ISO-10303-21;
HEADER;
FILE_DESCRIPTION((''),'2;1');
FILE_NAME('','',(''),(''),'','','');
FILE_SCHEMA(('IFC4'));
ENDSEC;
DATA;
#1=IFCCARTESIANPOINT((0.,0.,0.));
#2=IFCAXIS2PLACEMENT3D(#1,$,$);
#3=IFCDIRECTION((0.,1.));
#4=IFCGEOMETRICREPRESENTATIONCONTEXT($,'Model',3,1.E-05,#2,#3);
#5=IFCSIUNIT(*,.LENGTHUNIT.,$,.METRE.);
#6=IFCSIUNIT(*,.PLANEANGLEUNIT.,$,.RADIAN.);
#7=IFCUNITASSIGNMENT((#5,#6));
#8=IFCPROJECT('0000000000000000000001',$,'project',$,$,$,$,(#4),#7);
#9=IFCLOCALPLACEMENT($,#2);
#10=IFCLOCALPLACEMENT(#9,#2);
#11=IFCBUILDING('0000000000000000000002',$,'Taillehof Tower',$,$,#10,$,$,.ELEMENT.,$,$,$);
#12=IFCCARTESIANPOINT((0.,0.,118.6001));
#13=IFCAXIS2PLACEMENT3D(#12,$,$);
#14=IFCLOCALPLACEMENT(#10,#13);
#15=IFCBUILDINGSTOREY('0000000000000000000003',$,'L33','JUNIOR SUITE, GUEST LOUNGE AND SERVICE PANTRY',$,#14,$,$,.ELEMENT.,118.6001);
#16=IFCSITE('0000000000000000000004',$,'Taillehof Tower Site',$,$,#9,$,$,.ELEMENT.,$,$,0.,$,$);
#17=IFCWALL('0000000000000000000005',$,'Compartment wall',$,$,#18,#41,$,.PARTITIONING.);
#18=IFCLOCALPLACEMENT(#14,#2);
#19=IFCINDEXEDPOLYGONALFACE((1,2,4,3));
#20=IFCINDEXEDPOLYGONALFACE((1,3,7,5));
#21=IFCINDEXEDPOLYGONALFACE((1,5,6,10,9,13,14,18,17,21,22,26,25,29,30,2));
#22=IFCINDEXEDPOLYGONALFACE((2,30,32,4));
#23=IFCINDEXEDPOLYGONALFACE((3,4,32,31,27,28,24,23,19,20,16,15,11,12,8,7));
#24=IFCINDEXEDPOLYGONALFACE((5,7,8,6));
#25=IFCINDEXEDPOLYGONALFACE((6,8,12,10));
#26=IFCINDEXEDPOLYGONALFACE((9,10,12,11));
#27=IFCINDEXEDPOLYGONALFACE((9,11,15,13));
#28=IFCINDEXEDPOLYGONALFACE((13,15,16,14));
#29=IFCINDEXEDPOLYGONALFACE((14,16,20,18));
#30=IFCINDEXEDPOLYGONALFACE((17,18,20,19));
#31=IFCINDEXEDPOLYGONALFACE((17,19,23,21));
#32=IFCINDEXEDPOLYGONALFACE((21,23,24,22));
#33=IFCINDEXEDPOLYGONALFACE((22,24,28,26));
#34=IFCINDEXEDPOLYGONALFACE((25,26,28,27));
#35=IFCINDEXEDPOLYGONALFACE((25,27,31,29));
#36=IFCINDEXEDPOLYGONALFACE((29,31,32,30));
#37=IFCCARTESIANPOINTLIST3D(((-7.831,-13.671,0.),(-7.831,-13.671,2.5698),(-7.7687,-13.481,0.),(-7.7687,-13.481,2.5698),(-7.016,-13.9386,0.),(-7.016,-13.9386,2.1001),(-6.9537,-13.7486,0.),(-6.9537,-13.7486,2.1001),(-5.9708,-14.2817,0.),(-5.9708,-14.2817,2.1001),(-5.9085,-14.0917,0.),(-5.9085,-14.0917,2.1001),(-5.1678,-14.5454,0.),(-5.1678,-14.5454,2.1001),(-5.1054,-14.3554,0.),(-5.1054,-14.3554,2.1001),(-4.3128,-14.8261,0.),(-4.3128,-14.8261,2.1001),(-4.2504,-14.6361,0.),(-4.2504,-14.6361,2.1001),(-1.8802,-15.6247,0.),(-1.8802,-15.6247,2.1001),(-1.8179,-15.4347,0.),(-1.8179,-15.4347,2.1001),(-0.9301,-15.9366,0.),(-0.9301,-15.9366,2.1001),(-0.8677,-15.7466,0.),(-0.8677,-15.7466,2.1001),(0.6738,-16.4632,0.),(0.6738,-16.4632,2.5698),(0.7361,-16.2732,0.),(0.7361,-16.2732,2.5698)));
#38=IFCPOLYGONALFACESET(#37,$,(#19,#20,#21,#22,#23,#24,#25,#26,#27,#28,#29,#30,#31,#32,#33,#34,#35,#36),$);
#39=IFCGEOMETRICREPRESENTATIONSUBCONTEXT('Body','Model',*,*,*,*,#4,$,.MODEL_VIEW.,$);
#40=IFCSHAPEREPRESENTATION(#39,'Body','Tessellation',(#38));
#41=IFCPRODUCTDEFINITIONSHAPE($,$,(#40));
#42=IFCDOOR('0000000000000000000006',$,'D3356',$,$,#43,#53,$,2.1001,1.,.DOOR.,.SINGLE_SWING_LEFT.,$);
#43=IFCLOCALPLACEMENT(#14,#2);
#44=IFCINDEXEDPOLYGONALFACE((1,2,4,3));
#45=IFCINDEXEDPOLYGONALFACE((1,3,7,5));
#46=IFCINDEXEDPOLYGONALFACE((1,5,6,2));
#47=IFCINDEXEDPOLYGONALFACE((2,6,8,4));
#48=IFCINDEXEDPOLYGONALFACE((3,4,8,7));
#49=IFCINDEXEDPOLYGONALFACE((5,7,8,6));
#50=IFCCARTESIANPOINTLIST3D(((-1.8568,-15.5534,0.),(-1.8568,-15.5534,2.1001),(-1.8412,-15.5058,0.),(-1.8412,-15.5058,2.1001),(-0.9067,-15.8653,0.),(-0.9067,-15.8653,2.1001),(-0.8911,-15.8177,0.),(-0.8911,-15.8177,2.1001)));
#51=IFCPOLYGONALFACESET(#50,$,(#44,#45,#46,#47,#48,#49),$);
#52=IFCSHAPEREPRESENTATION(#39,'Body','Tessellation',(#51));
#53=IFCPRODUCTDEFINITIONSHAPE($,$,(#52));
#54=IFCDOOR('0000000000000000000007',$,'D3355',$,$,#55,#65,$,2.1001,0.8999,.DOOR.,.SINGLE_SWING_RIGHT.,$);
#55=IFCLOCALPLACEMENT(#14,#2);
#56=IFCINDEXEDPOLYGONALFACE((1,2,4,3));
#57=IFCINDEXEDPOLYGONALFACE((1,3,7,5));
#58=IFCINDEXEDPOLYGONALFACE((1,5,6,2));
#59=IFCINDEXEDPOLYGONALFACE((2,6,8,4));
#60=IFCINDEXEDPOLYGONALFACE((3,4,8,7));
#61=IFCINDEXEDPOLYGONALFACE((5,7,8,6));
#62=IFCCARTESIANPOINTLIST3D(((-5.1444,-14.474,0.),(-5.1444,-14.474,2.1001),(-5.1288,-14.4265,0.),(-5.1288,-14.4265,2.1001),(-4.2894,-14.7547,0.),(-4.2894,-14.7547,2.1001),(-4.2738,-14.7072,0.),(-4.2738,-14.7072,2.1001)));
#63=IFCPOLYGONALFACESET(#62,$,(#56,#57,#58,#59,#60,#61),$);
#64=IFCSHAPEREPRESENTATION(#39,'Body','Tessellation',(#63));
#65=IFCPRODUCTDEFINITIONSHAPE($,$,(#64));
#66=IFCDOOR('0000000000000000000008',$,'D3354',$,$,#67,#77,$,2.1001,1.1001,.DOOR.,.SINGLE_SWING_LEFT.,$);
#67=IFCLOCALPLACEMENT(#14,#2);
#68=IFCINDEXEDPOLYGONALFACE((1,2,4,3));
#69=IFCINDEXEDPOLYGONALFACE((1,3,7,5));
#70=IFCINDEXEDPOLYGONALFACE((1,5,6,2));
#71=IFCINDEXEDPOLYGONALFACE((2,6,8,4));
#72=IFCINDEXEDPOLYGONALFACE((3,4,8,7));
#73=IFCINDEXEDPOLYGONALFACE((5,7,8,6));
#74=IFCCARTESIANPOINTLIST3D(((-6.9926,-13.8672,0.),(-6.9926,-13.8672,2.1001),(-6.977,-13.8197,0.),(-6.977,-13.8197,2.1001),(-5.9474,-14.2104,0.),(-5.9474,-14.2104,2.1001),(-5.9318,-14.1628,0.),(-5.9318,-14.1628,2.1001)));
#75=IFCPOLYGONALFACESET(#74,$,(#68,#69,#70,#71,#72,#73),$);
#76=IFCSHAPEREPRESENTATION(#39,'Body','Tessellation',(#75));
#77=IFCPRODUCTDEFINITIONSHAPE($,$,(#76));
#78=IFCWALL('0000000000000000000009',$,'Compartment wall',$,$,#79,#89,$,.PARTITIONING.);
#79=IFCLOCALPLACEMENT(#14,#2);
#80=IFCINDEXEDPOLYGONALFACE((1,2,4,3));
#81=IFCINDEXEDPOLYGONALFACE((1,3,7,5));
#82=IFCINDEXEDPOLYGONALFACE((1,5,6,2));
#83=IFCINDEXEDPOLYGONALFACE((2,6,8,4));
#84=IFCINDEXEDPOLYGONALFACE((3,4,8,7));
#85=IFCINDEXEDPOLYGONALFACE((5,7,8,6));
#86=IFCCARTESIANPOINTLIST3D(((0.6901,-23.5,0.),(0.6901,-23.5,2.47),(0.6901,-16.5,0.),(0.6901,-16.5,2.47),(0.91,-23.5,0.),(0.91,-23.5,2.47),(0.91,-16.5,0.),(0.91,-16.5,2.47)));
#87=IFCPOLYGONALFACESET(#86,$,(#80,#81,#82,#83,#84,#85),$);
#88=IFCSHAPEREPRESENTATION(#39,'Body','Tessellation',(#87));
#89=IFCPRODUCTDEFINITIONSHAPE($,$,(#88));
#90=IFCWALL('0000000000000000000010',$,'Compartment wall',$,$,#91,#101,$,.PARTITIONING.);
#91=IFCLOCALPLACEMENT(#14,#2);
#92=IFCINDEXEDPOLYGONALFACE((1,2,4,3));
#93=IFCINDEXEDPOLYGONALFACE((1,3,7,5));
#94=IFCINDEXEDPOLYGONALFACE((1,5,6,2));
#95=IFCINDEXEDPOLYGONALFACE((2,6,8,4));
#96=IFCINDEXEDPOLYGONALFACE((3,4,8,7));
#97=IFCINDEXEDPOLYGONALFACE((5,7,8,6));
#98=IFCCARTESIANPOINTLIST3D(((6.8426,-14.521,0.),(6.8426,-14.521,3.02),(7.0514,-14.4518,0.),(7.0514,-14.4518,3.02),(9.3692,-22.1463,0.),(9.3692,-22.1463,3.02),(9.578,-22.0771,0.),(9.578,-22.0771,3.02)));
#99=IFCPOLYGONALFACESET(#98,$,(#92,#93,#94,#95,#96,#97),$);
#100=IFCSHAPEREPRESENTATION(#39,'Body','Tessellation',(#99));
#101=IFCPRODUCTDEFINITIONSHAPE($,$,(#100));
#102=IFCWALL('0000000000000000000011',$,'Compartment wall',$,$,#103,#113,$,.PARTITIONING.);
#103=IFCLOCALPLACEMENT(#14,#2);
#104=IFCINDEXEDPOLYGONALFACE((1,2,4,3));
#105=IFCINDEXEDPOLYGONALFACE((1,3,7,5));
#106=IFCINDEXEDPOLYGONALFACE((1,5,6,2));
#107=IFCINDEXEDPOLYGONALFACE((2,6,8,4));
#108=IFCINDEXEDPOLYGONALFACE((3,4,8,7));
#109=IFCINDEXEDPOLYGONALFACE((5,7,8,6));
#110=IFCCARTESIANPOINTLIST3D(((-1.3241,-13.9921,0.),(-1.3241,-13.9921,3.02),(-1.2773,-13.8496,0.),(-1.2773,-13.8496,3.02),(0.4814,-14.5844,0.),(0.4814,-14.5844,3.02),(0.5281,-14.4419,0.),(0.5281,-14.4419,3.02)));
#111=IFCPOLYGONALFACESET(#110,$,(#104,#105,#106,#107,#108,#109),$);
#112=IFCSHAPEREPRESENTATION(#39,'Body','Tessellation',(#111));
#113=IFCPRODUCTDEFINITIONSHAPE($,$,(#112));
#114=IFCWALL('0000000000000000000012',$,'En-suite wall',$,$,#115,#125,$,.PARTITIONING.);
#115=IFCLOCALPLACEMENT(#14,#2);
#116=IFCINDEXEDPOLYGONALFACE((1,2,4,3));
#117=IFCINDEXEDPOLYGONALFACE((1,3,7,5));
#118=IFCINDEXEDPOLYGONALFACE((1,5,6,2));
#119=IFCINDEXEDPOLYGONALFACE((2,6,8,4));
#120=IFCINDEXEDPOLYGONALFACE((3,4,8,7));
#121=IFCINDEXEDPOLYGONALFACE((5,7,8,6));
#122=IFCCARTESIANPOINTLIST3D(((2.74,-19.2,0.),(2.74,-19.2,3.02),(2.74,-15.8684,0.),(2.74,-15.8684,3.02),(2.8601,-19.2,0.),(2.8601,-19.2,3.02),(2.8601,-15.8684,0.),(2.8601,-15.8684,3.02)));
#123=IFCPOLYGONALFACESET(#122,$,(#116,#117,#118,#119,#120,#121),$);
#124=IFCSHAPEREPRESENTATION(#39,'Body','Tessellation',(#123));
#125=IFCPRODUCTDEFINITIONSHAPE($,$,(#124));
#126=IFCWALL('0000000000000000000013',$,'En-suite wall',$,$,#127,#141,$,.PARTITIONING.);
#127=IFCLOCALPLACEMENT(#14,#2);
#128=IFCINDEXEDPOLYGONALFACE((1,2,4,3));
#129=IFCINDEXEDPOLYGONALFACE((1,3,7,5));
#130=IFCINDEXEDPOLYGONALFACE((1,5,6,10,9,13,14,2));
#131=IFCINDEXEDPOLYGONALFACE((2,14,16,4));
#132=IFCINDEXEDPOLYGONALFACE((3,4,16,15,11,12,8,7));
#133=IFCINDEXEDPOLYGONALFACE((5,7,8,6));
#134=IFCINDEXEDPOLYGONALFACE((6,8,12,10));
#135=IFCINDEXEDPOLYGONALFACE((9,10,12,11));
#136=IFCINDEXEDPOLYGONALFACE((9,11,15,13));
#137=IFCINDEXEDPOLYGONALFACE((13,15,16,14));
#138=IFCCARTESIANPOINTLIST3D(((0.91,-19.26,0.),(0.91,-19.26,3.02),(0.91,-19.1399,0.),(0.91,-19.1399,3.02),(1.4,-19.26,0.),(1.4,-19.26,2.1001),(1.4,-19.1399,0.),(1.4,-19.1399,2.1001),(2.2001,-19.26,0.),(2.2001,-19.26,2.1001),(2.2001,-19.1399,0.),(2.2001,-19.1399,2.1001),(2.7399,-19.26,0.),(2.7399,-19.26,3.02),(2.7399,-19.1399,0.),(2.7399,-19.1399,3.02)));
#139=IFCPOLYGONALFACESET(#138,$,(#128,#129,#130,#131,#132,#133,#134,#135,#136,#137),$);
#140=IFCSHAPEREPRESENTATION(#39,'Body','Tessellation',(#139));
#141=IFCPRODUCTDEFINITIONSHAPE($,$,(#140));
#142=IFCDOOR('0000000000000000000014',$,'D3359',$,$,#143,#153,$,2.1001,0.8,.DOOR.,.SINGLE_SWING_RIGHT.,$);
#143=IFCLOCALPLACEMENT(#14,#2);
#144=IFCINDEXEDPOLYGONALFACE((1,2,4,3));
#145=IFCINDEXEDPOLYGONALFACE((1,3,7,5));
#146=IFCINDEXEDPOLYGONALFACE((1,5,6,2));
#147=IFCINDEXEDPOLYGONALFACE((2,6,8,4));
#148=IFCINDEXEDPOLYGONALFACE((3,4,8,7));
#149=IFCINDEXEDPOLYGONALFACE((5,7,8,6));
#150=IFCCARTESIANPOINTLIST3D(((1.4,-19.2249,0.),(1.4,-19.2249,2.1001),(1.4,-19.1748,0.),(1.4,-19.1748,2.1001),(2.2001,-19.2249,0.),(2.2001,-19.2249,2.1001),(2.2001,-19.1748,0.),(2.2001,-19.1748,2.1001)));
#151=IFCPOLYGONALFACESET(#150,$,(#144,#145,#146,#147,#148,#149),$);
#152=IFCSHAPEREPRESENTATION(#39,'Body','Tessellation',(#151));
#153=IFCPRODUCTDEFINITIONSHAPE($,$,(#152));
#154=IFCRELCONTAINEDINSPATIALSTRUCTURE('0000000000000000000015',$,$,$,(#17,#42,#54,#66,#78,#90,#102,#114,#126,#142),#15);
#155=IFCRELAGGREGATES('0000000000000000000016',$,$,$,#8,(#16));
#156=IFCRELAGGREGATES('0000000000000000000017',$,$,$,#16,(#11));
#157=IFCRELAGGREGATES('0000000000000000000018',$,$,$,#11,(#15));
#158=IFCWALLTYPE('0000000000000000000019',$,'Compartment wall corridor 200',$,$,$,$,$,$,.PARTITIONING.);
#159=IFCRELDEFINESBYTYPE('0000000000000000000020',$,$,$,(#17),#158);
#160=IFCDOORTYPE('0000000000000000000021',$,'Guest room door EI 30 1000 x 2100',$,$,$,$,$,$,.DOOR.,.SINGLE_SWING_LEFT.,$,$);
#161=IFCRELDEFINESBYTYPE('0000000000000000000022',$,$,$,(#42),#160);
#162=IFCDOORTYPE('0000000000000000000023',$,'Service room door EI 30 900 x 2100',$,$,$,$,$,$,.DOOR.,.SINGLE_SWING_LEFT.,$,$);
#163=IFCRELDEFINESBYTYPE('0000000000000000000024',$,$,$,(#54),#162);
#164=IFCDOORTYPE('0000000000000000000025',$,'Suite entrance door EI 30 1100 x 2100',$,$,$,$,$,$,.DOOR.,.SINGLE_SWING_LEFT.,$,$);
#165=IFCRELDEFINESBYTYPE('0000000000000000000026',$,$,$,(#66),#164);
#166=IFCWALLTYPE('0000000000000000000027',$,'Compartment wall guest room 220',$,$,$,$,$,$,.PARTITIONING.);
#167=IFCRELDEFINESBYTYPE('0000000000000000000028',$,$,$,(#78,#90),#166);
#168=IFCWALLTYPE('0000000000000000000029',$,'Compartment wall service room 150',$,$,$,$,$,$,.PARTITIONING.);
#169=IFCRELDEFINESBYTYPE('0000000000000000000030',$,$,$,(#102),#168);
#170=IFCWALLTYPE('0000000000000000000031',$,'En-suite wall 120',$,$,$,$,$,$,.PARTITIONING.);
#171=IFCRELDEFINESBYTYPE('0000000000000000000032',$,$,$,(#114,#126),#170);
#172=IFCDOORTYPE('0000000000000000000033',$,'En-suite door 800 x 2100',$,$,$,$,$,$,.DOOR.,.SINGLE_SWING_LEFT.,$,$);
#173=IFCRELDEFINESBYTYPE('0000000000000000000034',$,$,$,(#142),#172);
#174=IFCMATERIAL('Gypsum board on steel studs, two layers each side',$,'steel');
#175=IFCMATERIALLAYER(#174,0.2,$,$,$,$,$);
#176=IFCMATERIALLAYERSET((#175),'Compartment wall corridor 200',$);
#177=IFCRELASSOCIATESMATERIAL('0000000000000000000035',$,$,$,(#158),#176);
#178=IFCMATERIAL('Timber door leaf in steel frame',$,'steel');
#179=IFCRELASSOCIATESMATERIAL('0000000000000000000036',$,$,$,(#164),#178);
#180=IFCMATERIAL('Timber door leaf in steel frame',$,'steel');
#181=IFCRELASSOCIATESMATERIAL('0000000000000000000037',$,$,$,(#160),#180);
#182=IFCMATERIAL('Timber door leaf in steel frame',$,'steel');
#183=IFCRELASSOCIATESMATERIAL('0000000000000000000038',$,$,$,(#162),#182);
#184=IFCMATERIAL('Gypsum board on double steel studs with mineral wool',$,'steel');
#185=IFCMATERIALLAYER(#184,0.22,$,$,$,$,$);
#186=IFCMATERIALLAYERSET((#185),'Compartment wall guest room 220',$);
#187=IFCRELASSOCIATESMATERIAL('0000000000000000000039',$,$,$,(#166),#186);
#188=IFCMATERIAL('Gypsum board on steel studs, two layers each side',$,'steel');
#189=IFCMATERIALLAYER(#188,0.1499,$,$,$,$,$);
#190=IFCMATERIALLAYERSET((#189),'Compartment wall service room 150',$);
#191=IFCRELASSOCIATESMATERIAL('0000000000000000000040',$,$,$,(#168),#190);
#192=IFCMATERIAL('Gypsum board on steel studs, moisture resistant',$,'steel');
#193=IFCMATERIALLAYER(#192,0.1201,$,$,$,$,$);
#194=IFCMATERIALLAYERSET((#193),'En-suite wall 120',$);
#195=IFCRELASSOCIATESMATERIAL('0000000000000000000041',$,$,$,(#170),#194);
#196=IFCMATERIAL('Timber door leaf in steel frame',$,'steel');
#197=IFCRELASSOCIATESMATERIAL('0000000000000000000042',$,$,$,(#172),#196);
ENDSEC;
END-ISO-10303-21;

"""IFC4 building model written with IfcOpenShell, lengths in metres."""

from ifc_helpers import new_model, si_unit, direction, frame, frame_2d, origin, place, context, subcontext, project, spatial, rectangle, extrude, material, layer, layer_set, type_object, element, fill, save


model = new_model("IFC4")

# Units and contexts
model_context = context("Model", 3, precision=1e-05, world=origin(), true_north=direction((0.0, 1.0)))
body_context = subcontext(model_context, "Body", "Model", "MODEL_VIEW")
ifc_project = project(units=[si_unit("LENGTHUNIT", "METRE"), si_unit("PLANEANGLEUNIT", "RADIAN")], contexts=[model_context])

# Site, building, storey
site_placement = place(None, origin())
site = spatial("IfcSite", under=ifc_project, at=site_placement, Name="Taillehof Tower Site", CompositionType="ELEMENT", RefElevation=0.0)
building_placement = place(site_placement, origin())
building = spatial("IfcBuilding", under=site, at=building_placement, Name="Taillehof Tower", CompositionType="ELEMENT")
storey_placement = place(building_placement, frame((0.0, 0.0, 118.6001)))
storey = spatial("IfcBuildingStorey", under=building, at=storey_placement, Name="L33", Description="JUNIOR SUITE, GUEST LOUNGE AND SERVICE PANTRY", CompositionType="ELEMENT", Elevation=118.6001)

# Wall, openings, doors
ifc_material_1 = material(Name="Gypsum board on steel studs, two layers each side", Category="steel")
ifc_layer_1 = layer(ifc_material_1, 0.2)
ifc_layer_set_1 = layer_set([ifc_layer_1], Name="Compartment wall corridor 200")
wall_type_1 = type_object("IfcWallType", Name="Compartment wall corridor 200", PredefinedType="PARTITIONING", material=ifc_layer_set_1)
ifc_material_2 = material(Name="Timber door leaf in steel frame", Category="steel")
door_type_1 = type_object("IfcDoorType", Name="Suite entrance door EI 30 1100 x 2100", OperationType="SINGLE_SWING_LEFT", PredefinedType="DOOR", material=ifc_material_2)
wall_1_placement = place(storey_placement, frame((0.7048, -16.3682, 0.0), z_axis=(0.0, 0.0, 1.0), x_axis=(-0.950105, 0.311929, 0.0)))
wall_1 = element("IfcWall", 1, at=wall_1_placement, inside=storey, type_object=wall_type_1, Name="Compartment wall", PredefinedType="PARTITIONING", context=body_context, shape_type="SweptSolid", body=[
    extrude(rectangle(XDim=8.9514, YDim=0.2, at=frame_2d((4.4756, 0.0))), origin(), (0.0, 0.0, 1.0), 2.5698),
])
opening_1_placement = place(wall_1_placement, frame((6.9934, 0.0, 0.0)))
opening_1 = element("IfcOpeningElement", 2, at=opening_1_placement, cuts=wall_1, PredefinedType="OPENING", context=body_context, shape_type="SweptSolid", body=[
    extrude(rectangle(XDim=1.1001, YDim=2.1001, at=frame_2d((0.55, 1.05))), frame((0.0, 0.1099, 0.0), z_axis=(0.0, -1.0, 0.0), x_axis=(1.0, 0.0, 0.0)), (0.0, 0.0, 1.0), 0.22),
])
opening_2_placement = place(wall_1_placement, frame((5.2483, 0.0, 0.0)))
opening_2 = element("IfcOpeningElement", 3, at=opening_2_placement, cuts=wall_1, PredefinedType="OPENING", context=body_context, shape_type="SweptSolid", body=[
    extrude(rectangle(XDim=0.8999, YDim=2.1001, at=frame_2d((0.45, 1.05))), frame((0.0, 0.1099, 0.0), z_axis=(0.0, -1.0, 0.0), x_axis=(1.0, 0.0, 0.0)), (0.0, 0.0, 1.0), 0.22),
])
opening_3_placement = place(wall_1_placement, frame((1.688, 0.0, 0.0)))
opening_3 = element("IfcOpeningElement", 4, at=opening_3_placement, cuts=wall_1, PredefinedType="OPENING", context=body_context, shape_type="SweptSolid", body=[
    extrude(rectangle(XDim=1.0, YDim=2.1001, at=frame_2d((0.5, 1.05))), frame((0.0, 0.1099, 0.0), z_axis=(0.0, -1.0, 0.0), x_axis=(1.0, 0.0, 0.0)), (0.0, 0.0, 1.0), 0.22),
])
ifc_material_3 = material(Name="Timber door leaf in steel frame", Category="steel")
door_type_2 = type_object("IfcDoorType", Name="Guest room door EI 30 1000 x 2100", OperationType="SINGLE_SWING_LEFT", PredefinedType="DOOR", material=ifc_material_3)
door_1_placement = place(opening_3_placement, origin())
door_1 = element("IfcDoor", 5, at=door_1_placement, inside=storey, type_object=door_type_2, Name="D3356", OperationType="SINGLE_SWING_LEFT", OverallHeight=2.1001, OverallWidth=1.0, PredefinedType="DOOR", context=body_context, shape_type="SweptSolid", body=[
    extrude(rectangle(XDim=1.0, YDim=2.1001, at=frame_2d((0.5, 1.05))), frame((0.0, 0.0249, 0.0), z_axis=(0.0, -1.0, 0.0), x_axis=(1.0, 0.0, 0.0)), (0.0, 0.0, 1.0), 0.05),
])
fill(opening_3, door_1)
ifc_material_4 = material(Name="Timber door leaf in steel frame", Category="steel")
door_type_3 = type_object("IfcDoorType", Name="Service room door EI 30 900 x 2100", OperationType="SINGLE_SWING_LEFT", PredefinedType="DOOR", material=ifc_material_4)
door_2_placement = place(opening_2_placement, origin())
door_2 = element("IfcDoor", 6, at=door_2_placement, inside=storey, type_object=door_type_3, Name="D3355", OperationType="SINGLE_SWING_RIGHT", OverallHeight=2.1001, OverallWidth=0.8999, PredefinedType="DOOR", context=body_context, shape_type="SweptSolid", body=[
    extrude(rectangle(XDim=0.8999, YDim=2.1001, at=frame_2d((0.45, 1.05))), frame((0.0, 0.0249, 0.0), z_axis=(0.0, -1.0, 0.0), x_axis=(1.0, 0.0, 0.0)), (0.0, 0.0, 1.0), 0.05),
])
fill(opening_2, door_2)
door_3_placement = place(opening_1_placement, origin())
door_3 = element("IfcDoor", 7, at=door_3_placement, inside=storey, type_object=door_type_1, Name="D3354", OperationType="SINGLE_SWING_LEFT", OverallHeight=2.1001, OverallWidth=1.1001, PredefinedType="DOOR", context=body_context, shape_type="SweptSolid", body=[
    extrude(rectangle(XDim=1.1001, YDim=2.1001, at=frame_2d((0.55, 1.05))), frame((0.0, 0.0249, 0.0), z_axis=(0.0, -1.0, 0.0), x_axis=(1.0, 0.0, 0.0)), (0.0, 0.0, 1.0), 0.05),
])
fill(opening_1, door_3)

# Walls
ifc_material_5 = material(Name="Gypsum board on double steel studs with mineral wool", Category="steel")
ifc_layer_2 = layer(ifc_material_5, 0.22)
ifc_layer_set_2 = layer_set([ifc_layer_2], Name="Compartment wall guest room 220")
wall_type_2 = type_object("IfcWallType", Name="Compartment wall guest room 220", PredefinedType="PARTITIONING", material=ifc_layer_set_2)
wall_2_placement = place(storey_placement, frame((0.8, -23.5, 0.0), z_axis=(0.0, 0.0, 1.0), x_axis=(0.0, 1.0, 0.0)))
element("IfcWall", 8, at=wall_2_placement, inside=storey, type_object=wall_type_2, Name="Compartment wall", PredefinedType="PARTITIONING", context=body_context, shape_type="SweptSolid", body=[
    extrude(rectangle(XDim=7.0, YDim=0.22, at=frame_2d((3.5, 0.0))), origin(), (0.0, 0.0, 1.0), 2.47),
])
wall_3_placement = place(storey_placement, frame((9.4736, -22.1118, 0.0), z_axis=(0.0, 0.0, 1.0), x_axis=(-0.314531, 0.949247, 0.0)))
element("IfcWall", 9, at=wall_3_placement, inside=storey, type_object=wall_type_2, Name="Compartment wall", PredefinedType="PARTITIONING", context=body_context, shape_type="SweptSolid", body=[
    extrude(rectangle(XDim=8.033, YDim=0.22, at=frame_2d((4.0166, 0.0))), origin(), (0.0, 0.0, 1.0), 3.02),
])
ifc_material_6 = material(Name="Gypsum board on steel studs, two layers each side", Category="steel")
ifc_layer_3 = layer(ifc_material_6, 0.1499)
ifc_layer_set_3 = layer_set([ifc_layer_3], Name="Compartment wall service room 150")
wall_type_3 = type_object("IfcWallType", Name="Compartment wall service room 150", PredefinedType="PARTITIONING", material=ifc_layer_set_3)
wall_4_placement = place(storey_placement, frame((0.5049, -14.5132, 0.0), z_axis=(0.0, 0.0, 1.0), x_axis=(-0.950176, 0.311714, 0.0)))
element("IfcWall", 10, at=wall_4_placement, inside=storey, type_object=wall_type_3, Name="Compartment wall", PredefinedType="PARTITIONING", context=body_context, shape_type="SweptSolid", body=[
    extrude(rectangle(XDim=1.9001, YDim=0.1499, at=frame_2d((0.9502, 0.0))), origin(), (0.0, 0.0, 1.0), 3.02),
])
ifc_material_7 = material(Name="Gypsum board on steel studs, moisture resistant", Category="steel")
ifc_layer_4 = layer(ifc_material_7, 0.1201)
ifc_layer_set_4 = layer_set([ifc_layer_4], Name="En-suite wall 120")
wall_type_4 = type_object("IfcWallType", Name="En-suite wall 120", PredefinedType="PARTITIONING", material=ifc_layer_set_4)
wall_5_placement = place(storey_placement, frame((2.8, -15.8684, 0.0), z_axis=(0.0, 0.0, 1.0), x_axis=(0.0, -1.0, 0.0)))
element("IfcWall", 11, at=wall_5_placement, inside=storey, type_object=wall_type_4, Name="En-suite wall", PredefinedType="PARTITIONING", context=body_context, shape_type="SweptSolid", body=[
    extrude(rectangle(XDim=3.3315, YDim=0.1201, at=frame_2d((1.6658, 0.0))), origin(), (0.0, 0.0, 1.0), 3.02),
])

# Wall, opening, door
wall_6_placement = place(storey_placement, frame((2.74, -19.2, 0.0), z_axis=(0.0, 0.0, 1.0), x_axis=(-1.0, 0.0, 0.0)))
wall_6 = element("IfcWall", 12, at=wall_6_placement, inside=storey, type_object=wall_type_4, Name="En-suite wall", PredefinedType="PARTITIONING", context=body_context, shape_type="SweptSolid", body=[
    extrude(rectangle(XDim=1.8298, YDim=0.1201, at=frame_2d((0.915, 0.0))), origin(), (0.0, 0.0, 1.0), 3.02),
])
opening_4_placement = place(wall_6_placement, frame((0.54, 0.0, 0.0)))
opening_4 = element("IfcOpeningElement", 13, at=opening_4_placement, cuts=wall_6, PredefinedType="OPENING", context=body_context, shape_type="SweptSolid", body=[
    extrude(rectangle(XDim=0.8, YDim=2.1001, at=frame_2d((0.3999, 1.05))), frame((0.0, 0.0701, 0.0), z_axis=(0.0, -1.0, 0.0), x_axis=(1.0, 0.0, 0.0)), (0.0, 0.0, 1.0), 0.1401),
])
ifc_material_8 = material(Name="Timber door leaf in steel frame", Category="steel")
door_type_4 = type_object("IfcDoorType", Name="En-suite door 800 x 2100", OperationType="SINGLE_SWING_LEFT", PredefinedType="DOOR", material=ifc_material_8)
door_4_placement = place(opening_4_placement, origin())
door_4 = element("IfcDoor", 14, at=door_4_placement, inside=storey, type_object=door_type_4, Name="D3359", OperationType="SINGLE_SWING_RIGHT", OverallHeight=2.1001, OverallWidth=0.8, PredefinedType="DOOR", context=body_context, shape_type="SweptSolid", body=[
    extrude(rectangle(XDim=0.8, YDim=2.1001, at=frame_2d((0.3999, 1.05))), frame((0.0, 0.0249, 0.0), z_axis=(0.0, -1.0, 0.0), x_axis=(1.0, 0.0, 0.0)), (0.0, 0.0, 1.0), 0.05),
])
fill(opening_4, door_4)

save(model, "model.ifc")
